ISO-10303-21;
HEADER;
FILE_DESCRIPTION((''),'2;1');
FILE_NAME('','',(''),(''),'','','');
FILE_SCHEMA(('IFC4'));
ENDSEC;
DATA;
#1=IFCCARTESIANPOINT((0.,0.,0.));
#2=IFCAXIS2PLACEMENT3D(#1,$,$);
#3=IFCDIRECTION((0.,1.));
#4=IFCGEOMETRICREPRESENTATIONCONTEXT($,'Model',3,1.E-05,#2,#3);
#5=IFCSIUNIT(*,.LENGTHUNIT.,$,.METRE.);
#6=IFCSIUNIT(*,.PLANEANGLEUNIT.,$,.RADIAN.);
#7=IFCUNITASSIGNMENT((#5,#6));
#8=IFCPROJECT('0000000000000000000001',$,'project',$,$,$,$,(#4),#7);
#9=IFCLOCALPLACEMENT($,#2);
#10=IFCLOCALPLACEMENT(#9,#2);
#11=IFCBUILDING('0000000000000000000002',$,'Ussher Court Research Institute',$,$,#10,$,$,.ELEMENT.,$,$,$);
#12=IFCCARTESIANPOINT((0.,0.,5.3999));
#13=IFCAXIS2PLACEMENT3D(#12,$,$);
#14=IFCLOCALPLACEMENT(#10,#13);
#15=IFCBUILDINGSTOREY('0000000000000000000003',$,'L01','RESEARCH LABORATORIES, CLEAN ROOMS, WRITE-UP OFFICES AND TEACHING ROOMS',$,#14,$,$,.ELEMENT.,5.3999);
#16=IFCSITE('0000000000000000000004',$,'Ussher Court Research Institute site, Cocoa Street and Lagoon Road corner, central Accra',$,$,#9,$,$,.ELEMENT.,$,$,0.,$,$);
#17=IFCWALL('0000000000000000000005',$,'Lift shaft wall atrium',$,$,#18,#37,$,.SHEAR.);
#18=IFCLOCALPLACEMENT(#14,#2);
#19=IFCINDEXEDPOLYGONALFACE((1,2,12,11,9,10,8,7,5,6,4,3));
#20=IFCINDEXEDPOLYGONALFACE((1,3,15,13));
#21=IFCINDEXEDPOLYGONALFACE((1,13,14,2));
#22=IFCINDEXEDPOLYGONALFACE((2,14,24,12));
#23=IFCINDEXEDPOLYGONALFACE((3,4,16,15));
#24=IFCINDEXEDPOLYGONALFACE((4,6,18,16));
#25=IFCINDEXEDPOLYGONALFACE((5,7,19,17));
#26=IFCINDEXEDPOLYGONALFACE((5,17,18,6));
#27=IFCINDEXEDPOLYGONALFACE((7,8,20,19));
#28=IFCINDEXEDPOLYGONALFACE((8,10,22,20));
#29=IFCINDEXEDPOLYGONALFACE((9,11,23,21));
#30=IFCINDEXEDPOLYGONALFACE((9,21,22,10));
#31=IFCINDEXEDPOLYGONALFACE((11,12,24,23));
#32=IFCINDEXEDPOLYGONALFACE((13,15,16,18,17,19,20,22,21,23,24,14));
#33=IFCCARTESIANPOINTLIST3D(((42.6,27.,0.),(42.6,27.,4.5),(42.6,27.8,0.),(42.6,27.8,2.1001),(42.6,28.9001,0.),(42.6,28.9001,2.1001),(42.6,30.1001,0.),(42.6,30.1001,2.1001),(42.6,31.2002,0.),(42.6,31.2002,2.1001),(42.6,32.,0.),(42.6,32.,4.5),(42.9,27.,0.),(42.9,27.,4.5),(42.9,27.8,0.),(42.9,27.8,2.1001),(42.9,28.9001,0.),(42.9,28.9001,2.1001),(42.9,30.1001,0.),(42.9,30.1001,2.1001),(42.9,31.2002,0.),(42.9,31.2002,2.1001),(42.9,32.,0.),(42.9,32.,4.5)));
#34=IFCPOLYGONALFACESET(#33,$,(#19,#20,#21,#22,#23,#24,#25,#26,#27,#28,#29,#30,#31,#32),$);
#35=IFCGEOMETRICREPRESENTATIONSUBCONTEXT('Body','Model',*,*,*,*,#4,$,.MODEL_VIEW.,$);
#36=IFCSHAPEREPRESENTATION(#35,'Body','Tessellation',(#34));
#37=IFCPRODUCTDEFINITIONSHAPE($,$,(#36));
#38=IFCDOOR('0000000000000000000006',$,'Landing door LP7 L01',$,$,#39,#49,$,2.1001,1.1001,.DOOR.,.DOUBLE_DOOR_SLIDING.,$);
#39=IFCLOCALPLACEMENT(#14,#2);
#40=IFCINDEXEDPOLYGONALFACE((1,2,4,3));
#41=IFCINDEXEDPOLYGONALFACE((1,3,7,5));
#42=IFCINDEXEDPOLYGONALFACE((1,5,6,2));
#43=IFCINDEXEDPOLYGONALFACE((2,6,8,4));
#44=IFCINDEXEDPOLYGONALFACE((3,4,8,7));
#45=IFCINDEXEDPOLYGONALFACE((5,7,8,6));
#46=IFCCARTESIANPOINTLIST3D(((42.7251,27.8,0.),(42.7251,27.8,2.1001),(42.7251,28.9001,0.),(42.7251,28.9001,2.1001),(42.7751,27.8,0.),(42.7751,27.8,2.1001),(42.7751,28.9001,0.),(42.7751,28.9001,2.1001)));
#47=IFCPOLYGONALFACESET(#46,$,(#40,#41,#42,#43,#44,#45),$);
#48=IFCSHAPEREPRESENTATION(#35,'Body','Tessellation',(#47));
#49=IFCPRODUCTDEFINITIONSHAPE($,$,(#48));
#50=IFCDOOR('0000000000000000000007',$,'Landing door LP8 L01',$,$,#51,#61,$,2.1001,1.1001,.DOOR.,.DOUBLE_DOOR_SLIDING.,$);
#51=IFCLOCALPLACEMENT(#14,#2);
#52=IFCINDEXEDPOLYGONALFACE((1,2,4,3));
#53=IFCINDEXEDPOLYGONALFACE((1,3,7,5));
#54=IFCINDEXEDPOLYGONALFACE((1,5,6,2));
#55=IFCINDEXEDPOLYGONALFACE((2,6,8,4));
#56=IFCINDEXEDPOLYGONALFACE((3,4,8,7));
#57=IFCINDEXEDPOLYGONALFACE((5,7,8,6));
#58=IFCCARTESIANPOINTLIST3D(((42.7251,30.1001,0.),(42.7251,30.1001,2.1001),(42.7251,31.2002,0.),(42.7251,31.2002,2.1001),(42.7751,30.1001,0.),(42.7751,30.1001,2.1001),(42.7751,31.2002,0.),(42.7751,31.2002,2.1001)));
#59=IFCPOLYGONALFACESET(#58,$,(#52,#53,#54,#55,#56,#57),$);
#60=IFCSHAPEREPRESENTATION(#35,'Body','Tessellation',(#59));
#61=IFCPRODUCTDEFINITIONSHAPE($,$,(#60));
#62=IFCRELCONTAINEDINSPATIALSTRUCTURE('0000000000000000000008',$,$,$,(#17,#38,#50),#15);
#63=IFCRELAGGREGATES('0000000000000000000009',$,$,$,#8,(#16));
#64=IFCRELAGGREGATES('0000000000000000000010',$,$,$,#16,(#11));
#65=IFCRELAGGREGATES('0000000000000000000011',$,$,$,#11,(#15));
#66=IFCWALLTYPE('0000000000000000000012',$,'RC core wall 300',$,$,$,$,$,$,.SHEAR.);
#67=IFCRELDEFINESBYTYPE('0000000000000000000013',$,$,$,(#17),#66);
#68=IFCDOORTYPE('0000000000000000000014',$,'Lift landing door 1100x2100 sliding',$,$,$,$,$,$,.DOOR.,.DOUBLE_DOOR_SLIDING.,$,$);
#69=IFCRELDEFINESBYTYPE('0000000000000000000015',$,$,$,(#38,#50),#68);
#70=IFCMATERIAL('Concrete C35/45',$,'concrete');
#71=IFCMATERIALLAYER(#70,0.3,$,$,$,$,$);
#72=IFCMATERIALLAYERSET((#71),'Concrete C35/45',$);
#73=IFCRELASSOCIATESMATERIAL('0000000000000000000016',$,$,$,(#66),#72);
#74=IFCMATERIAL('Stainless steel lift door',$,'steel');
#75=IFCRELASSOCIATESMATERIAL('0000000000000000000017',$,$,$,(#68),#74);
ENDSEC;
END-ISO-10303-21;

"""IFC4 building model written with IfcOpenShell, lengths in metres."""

from ifc_helpers import new_model, si_unit, direction, frame, frame_2d, origin, place, context, subcontext, project, spatial, rectangle, extrude, material, layer, layer_set, type_object, element, fill, save


model = new_model("IFC4")

# Units and contexts
model_context = context("Model", 3, precision=1e-05, world=origin(), true_north=direction((0.0, 1.0)))
body_context = subcontext(model_context, "Body", "Model", "MODEL_VIEW")
ifc_project = project(units=[si_unit("LENGTHUNIT", "METRE"), si_unit("PLANEANGLEUNIT", "RADIAN")], contexts=[model_context])

# Site, building, storey
site_placement = place(None, origin())
site = spatial("IfcSite", under=ifc_project, at=site_placement, Name="Ussher Court Research Institute site, Cocoa Street and Lagoon Road corner, central Accra", CompositionType="ELEMENT", RefElevation=0.0)
building_placement = place(site_placement, origin())
building = spatial("IfcBuilding", under=site, at=building_placement, Name="Ussher Court Research Institute", CompositionType="ELEMENT")
storey_placement = place(building_placement, frame((0.0, 0.0, 5.3999)))
storey = spatial("IfcBuildingStorey", under=building, at=storey_placement, Name="L01", Description="RESEARCH LABORATORIES, CLEAN ROOMS, WRITE-UP OFFICES AND TEACHING ROOMS", CompositionType="ELEMENT", Elevation=5.3999)

# Wall, openings, doors
ifc_material_1 = material(Name="Concrete C35/45", Category="concrete")
ifc_layer_1 = layer(ifc_material_1, 0.3)
ifc_layer_set_1 = layer_set([ifc_layer_1], Name="Concrete C35/45")
wall_type_1 = type_object("IfcWallType", Name="RC core wall 300", PredefinedType="SHEAR", material=ifc_layer_set_1)
wall_1_placement = place(storey_placement, frame((42.75, 27.0, 0.0), z_axis=(0.0, 0.0, 1.0), x_axis=(0.0, 1.0, 0.0)))
wall_1 = element("IfcWall", 1, at=wall_1_placement, inside=storey, type_object=wall_type_1, Name="Lift shaft wall atrium", PredefinedType="SHEAR", context=body_context, shape_type="SweptSolid", body=[
    extrude(rectangle(XDim=5.0, YDim=0.3, at=frame_2d((2.5, 0.0))), origin(), (0.0, 0.0, 1.0), 4.5),
])
opening_1_placement = place(wall_1_placement, frame((0.8, 0.0, 0.0)))
opening_1 = element("IfcOpeningElement", 2, at=opening_1_placement, cuts=wall_1, PredefinedType="OPENING", context=body_context, shape_type="SweptSolid", body=[
    extrude(rectangle(XDim=1.1001, YDim=2.1001, at=frame_2d((0.55, 1.05))), frame((0.0, 0.1602, 0.0), z_axis=(0.0, -1.0, 0.0), x_axis=(1.0, 0.0, 0.0)), (0.0, 0.0, 1.0), 0.3201),
])
opening_2_placement = place(wall_1_placement, frame((3.1001, 0.0, 0.0)))
opening_2 = element("IfcOpeningElement", 3, at=opening_2_placement, cuts=wall_1, PredefinedType="OPENING", context=body_context, shape_type="SweptSolid", body=[
    extrude(rectangle(XDim=1.1001, YDim=2.1001, at=frame_2d((0.55, 1.05))), frame((0.0, 0.1602, 0.0), z_axis=(0.0, -1.0, 0.0), x_axis=(1.0, 0.0, 0.0)), (0.0, 0.0, 1.0), 0.3201),
])
ifc_material_2 = material(Name="Stainless steel lift door", Category="steel")
door_type_1 = type_object("IfcDoorType", Name="Lift landing door 1100x2100 sliding", OperationType="DOUBLE_DOOR_SLIDING", PredefinedType="DOOR", material=ifc_material_2)
door_1_placement = place(opening_1_placement, origin())
door_1 = element("IfcDoor", 4, at=door_1_placement, inside=storey, type_object=door_type_1, Name="Landing door LP7 L01", OperationType="DOUBLE_DOOR_SLIDING", OverallHeight=2.1001, OverallWidth=1.1001, PredefinedType="DOOR", context=body_context, shape_type="SweptSolid", body=[
    extrude(rectangle(XDim=1.1001, YDim=2.1001, at=frame_2d((0.55, 1.05))), frame((0.0, 0.0249, 0.0), z_axis=(0.0, -1.0, 0.0), x_axis=(1.0, 0.0, 0.0)), (0.0, 0.0, 1.0), 0.05),
])
fill(opening_1, door_1)
door_2_placement = place(opening_2_placement, origin())
door_2 = element("IfcDoor", 5, at=door_2_placement, inside=storey, type_object=door_type_1, Name="Landing door LP8 L01", OperationType="DOUBLE_DOOR_SLIDING", OverallHeight=2.1001, OverallWidth=1.1001, PredefinedType="DOOR", context=body_context, shape_type="SweptSolid", body=[
    extrude(rectangle(XDim=1.1001, YDim=2.1001, at=frame_2d((0.55, 1.05))), frame((0.0, 0.0249, 0.0), z_axis=(0.0, -1.0, 0.0), x_axis=(1.0, 0.0, 0.0)), (0.0, 0.0, 1.0), 0.05),
])
fill(opening_2, door_2)

save(model, "model.ifc")
